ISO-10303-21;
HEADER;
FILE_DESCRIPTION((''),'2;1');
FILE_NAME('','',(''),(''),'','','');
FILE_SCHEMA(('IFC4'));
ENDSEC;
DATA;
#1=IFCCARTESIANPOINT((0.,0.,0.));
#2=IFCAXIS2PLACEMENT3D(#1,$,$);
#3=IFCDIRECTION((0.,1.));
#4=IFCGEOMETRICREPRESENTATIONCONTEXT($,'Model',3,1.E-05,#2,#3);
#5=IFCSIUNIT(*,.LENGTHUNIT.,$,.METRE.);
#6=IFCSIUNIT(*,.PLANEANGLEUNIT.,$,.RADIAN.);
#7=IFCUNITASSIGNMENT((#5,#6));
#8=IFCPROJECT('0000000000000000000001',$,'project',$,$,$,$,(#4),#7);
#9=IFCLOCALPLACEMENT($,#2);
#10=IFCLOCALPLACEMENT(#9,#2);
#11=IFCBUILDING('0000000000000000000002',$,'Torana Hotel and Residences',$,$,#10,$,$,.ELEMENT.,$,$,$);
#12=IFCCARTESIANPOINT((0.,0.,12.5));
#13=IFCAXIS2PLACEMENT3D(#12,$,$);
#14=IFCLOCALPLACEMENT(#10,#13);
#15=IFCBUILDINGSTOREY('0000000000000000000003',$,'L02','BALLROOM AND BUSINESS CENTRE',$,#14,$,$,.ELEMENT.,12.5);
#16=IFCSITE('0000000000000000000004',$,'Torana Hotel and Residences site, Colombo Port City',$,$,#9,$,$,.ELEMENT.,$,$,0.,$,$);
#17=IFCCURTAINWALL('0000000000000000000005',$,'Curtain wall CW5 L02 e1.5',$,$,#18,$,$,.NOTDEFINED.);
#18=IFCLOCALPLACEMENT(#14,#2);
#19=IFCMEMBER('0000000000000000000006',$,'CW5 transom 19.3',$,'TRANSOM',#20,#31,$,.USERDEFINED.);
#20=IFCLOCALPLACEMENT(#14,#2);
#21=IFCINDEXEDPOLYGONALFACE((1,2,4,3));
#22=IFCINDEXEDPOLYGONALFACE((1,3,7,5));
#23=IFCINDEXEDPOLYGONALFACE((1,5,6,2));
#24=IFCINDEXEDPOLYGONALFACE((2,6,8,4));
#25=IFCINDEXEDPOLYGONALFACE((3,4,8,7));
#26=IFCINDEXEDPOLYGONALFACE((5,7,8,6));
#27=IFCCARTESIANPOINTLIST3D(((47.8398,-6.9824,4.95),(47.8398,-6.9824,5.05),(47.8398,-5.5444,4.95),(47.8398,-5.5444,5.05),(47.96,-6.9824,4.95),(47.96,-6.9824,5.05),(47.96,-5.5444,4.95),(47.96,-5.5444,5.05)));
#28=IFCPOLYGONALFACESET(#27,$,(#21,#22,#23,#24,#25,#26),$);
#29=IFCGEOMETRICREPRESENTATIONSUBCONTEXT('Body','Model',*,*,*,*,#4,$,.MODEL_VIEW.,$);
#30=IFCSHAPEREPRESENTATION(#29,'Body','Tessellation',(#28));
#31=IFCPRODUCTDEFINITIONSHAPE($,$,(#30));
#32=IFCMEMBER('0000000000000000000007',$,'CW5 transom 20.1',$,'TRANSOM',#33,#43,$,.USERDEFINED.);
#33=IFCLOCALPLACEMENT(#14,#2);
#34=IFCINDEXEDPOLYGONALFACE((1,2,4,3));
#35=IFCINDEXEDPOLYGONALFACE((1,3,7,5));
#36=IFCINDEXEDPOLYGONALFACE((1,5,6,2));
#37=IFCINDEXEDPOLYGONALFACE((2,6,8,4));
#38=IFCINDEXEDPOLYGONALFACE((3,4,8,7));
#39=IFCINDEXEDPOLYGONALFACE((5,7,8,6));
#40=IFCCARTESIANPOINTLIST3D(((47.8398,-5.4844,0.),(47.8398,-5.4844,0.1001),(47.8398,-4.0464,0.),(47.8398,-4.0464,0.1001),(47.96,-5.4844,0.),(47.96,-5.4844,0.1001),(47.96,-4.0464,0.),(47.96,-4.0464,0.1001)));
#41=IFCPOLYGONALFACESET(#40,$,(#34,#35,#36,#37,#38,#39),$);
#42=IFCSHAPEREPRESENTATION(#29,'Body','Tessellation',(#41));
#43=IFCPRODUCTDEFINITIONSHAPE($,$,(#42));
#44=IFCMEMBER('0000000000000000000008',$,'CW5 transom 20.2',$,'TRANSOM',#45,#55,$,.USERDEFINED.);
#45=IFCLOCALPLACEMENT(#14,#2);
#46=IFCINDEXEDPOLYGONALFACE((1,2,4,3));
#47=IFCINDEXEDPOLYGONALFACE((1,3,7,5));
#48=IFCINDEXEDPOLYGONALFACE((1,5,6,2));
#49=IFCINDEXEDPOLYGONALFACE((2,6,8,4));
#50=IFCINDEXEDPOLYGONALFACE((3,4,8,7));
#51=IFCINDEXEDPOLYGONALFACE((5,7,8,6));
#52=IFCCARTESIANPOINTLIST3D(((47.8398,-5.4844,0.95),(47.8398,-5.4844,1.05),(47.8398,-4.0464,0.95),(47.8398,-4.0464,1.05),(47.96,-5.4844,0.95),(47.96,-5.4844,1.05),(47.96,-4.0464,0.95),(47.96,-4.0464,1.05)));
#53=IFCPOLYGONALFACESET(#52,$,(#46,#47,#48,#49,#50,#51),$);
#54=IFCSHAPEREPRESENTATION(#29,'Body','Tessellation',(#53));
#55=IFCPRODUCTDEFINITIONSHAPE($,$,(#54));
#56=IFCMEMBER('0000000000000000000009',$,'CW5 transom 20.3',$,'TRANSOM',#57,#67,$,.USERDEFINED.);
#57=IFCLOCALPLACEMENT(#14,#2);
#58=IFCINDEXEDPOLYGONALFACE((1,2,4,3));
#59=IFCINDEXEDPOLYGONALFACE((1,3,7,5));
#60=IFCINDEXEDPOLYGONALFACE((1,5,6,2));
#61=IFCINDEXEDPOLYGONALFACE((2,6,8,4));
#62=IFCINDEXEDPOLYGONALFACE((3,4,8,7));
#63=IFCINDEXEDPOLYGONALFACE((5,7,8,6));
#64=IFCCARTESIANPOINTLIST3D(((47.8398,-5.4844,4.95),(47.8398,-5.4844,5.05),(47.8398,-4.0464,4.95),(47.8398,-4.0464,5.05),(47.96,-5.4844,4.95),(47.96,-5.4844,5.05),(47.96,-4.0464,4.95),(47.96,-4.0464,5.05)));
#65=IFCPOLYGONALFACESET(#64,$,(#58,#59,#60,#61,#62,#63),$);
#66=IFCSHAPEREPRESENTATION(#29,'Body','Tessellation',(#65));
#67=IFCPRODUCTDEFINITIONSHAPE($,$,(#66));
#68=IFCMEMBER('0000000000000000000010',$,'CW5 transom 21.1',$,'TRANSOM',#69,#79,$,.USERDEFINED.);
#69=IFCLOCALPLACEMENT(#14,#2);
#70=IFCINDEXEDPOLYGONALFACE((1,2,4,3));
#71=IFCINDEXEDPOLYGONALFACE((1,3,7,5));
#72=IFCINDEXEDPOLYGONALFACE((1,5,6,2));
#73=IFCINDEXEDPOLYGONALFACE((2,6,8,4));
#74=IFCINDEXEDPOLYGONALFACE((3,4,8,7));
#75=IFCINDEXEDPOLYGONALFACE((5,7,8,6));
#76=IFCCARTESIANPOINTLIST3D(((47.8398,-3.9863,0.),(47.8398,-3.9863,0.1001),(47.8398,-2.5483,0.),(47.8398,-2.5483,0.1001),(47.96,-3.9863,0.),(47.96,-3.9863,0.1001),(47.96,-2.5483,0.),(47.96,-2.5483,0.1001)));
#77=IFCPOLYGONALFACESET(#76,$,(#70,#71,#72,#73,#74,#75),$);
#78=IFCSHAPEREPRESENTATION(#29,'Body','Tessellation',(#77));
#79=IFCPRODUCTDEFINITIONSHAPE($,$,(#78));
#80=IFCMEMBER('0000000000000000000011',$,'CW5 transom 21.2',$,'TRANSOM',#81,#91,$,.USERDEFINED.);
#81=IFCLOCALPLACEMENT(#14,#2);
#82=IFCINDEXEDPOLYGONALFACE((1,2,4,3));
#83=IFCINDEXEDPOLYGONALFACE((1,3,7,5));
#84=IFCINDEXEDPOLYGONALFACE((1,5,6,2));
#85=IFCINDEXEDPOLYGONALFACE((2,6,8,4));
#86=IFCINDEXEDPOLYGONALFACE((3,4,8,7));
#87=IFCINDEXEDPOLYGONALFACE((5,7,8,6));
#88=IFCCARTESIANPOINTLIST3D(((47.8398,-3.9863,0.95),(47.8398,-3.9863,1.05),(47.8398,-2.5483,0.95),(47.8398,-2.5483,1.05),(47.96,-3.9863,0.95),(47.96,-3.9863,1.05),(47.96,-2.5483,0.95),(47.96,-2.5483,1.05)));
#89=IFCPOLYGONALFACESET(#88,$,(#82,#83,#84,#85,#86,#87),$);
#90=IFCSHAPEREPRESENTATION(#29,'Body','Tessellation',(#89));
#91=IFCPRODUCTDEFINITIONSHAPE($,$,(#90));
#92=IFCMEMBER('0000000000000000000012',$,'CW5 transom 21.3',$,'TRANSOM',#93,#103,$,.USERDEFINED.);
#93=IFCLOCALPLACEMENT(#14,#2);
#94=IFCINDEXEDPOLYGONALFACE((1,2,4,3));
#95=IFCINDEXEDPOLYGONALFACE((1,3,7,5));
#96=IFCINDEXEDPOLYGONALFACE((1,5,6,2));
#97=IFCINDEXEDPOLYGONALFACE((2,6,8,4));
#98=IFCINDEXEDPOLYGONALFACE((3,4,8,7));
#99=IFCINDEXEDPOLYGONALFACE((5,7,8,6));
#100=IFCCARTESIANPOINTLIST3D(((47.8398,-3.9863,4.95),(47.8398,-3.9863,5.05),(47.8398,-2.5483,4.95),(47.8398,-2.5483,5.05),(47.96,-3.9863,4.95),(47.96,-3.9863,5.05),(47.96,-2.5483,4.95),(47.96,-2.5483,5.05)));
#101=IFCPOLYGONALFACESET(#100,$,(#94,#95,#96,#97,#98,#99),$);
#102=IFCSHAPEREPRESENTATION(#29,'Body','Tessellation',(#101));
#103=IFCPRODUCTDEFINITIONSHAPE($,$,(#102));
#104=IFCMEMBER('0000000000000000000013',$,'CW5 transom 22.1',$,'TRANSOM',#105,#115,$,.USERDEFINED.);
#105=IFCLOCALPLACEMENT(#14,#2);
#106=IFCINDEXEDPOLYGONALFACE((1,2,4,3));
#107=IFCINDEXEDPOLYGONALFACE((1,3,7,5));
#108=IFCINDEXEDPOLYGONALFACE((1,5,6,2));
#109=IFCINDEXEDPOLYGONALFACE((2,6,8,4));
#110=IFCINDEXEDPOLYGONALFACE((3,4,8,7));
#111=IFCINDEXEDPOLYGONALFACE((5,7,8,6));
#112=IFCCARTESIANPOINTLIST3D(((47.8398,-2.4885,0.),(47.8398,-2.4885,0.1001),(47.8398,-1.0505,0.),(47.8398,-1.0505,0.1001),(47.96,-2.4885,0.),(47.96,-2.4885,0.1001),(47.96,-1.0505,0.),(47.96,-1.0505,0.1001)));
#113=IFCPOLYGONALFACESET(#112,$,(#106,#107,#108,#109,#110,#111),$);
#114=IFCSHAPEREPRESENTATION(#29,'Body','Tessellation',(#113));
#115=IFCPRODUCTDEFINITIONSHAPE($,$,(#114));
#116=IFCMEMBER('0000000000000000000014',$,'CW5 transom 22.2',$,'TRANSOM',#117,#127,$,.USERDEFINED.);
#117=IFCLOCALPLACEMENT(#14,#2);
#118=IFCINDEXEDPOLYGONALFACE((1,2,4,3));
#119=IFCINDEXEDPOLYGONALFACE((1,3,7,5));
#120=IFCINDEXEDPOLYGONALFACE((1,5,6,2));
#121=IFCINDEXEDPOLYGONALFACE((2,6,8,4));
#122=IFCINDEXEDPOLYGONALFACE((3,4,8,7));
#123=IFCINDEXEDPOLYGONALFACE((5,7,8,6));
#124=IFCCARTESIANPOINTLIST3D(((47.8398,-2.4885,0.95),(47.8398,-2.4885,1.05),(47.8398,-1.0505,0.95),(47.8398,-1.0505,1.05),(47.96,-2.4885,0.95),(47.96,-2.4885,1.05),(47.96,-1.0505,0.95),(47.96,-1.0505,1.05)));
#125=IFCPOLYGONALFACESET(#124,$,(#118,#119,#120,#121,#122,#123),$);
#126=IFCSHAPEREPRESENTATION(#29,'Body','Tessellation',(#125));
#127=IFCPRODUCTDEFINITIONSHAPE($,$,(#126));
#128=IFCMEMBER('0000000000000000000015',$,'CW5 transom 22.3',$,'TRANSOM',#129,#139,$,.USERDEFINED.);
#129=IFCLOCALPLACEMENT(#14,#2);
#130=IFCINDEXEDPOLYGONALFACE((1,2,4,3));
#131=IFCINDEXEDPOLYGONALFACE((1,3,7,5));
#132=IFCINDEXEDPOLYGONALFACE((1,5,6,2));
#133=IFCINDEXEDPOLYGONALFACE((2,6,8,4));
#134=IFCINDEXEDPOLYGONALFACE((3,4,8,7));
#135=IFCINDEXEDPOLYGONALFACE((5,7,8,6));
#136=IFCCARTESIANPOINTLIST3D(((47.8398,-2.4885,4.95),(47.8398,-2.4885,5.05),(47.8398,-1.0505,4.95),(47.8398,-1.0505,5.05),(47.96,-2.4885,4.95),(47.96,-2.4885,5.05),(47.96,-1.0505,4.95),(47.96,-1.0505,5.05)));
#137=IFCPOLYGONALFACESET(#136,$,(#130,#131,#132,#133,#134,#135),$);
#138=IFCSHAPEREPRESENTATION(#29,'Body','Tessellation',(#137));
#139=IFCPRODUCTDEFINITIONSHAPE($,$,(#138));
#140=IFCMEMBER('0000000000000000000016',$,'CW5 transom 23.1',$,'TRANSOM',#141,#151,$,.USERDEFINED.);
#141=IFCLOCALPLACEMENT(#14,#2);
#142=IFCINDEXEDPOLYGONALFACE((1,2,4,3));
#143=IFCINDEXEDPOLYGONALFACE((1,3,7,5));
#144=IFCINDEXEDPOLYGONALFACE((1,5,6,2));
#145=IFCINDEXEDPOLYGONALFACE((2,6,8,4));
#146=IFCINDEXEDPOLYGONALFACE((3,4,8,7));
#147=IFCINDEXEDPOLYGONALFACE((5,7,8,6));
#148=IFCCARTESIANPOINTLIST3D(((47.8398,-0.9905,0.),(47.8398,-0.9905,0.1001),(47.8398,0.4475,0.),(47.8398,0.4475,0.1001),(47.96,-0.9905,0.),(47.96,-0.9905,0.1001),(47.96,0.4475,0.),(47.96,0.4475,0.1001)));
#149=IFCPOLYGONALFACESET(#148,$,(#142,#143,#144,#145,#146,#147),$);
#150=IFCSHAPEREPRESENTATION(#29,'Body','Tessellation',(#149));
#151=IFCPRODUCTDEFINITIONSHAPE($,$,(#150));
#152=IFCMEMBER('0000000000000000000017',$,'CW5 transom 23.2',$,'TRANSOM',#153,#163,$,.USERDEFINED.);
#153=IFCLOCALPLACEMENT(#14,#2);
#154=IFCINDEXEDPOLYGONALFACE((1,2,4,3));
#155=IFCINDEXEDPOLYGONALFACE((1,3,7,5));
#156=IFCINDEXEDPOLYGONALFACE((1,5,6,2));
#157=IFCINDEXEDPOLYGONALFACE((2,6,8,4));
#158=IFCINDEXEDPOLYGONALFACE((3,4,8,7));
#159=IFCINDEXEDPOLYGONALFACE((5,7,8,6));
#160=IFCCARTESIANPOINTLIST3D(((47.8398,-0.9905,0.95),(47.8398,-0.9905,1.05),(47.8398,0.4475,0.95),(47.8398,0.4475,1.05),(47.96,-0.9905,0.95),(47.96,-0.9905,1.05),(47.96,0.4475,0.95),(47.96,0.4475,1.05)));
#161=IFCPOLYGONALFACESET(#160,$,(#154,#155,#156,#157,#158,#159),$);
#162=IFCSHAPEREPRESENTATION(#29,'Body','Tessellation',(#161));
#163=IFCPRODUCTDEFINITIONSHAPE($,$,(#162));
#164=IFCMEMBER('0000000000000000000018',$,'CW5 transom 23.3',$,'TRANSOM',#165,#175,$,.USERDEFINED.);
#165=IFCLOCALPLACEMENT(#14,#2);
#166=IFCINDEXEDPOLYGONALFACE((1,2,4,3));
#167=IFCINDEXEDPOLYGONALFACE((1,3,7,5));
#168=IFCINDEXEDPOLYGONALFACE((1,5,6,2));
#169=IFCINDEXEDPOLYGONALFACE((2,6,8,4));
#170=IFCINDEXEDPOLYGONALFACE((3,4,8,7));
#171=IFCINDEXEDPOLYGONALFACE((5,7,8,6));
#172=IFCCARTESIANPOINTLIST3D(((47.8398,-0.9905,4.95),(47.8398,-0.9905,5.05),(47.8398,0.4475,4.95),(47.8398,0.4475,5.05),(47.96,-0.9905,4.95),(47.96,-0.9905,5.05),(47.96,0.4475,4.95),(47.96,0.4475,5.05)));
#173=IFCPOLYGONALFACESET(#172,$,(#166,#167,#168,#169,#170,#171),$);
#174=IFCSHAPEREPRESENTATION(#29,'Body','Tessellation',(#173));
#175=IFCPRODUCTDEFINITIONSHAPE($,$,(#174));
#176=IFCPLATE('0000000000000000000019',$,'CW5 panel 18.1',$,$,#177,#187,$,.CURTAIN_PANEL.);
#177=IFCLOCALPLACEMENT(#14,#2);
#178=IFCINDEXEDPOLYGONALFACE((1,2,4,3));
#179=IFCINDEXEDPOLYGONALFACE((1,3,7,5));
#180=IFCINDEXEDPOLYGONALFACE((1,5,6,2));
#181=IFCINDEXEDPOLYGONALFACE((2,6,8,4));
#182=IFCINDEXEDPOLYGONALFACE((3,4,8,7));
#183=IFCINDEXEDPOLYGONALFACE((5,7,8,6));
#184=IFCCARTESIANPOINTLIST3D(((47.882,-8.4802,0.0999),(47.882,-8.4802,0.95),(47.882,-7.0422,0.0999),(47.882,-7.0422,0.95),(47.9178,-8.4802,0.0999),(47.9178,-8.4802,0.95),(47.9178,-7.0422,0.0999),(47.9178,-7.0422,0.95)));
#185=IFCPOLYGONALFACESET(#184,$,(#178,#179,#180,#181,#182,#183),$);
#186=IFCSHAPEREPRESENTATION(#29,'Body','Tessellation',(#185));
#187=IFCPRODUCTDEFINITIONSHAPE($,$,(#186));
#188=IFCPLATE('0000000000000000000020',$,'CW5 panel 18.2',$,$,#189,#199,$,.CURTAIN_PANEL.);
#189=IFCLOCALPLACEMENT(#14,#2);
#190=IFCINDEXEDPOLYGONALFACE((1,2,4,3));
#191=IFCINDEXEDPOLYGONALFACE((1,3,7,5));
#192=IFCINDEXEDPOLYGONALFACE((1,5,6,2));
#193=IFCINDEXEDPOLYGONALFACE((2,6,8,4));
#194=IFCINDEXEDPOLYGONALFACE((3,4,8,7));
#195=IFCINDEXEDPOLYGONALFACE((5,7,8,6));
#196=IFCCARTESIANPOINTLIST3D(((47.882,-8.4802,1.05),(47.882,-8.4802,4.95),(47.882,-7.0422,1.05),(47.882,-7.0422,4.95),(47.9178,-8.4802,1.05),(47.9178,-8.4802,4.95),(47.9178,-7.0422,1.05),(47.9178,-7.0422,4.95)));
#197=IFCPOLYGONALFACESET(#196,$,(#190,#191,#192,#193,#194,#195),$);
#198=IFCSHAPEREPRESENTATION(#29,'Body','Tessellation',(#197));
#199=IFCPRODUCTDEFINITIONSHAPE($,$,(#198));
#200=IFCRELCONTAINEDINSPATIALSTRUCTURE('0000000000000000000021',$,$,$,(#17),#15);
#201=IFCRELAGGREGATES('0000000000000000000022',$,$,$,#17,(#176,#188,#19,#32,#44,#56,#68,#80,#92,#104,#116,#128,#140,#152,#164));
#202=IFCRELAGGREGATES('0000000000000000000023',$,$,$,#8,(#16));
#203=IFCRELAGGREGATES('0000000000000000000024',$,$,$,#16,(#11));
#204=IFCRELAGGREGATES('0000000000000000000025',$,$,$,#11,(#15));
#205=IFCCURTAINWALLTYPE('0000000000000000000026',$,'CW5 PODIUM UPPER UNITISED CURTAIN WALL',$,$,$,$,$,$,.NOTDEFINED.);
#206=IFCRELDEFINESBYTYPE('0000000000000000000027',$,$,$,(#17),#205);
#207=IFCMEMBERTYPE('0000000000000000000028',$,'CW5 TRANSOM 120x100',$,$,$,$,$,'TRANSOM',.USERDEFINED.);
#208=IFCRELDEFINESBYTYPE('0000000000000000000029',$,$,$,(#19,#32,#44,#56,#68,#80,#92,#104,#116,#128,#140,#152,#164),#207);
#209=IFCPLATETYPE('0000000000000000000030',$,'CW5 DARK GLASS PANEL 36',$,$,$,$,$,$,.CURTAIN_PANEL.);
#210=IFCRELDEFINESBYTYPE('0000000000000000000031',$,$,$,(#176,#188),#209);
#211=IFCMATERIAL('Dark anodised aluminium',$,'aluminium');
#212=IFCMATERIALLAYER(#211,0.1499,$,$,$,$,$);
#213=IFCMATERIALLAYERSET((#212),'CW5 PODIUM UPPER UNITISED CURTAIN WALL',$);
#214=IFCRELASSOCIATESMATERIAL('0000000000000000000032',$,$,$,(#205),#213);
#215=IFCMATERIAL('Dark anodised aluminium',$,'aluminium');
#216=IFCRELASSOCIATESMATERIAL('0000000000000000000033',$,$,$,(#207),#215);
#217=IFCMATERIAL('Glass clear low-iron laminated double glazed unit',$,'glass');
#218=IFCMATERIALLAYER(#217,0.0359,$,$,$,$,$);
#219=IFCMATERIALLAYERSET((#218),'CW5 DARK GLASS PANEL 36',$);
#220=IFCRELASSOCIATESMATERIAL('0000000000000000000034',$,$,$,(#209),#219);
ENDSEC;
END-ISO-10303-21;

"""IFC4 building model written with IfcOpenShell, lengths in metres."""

from ifc_helpers import new_model, si_unit, direction, frame, origin, origin_2d, place, context, subcontext, project, spatial, rectangle, extrude, material, layer, layer_set, material_profile, profile_set, type_object, element, aggregate, save


model = new_model("IFC4")

# Units and contexts
model_context = context("Model", 3, precision=1e-05, world=origin(), true_north=direction((0.0, 1.0)))
body_context = subcontext(model_context, "Body", "Model", "MODEL_VIEW")
ifc_project = project(units=[si_unit("LENGTHUNIT", "METRE"), si_unit("PLANEANGLEUNIT", "RADIAN")], contexts=[model_context])

# Site, building, storey
site_placement = place(None, origin())
site = spatial("IfcSite", under=ifc_project, at=site_placement, Name="Torana Hotel and Residences site, Colombo Port City", CompositionType="ELEMENT", RefElevation=0.0)
building_placement = place(site_placement, origin())
building = spatial("IfcBuilding", under=site, at=building_placement, Name="Torana Hotel and Residences", CompositionType="ELEMENT")
storey_placement = place(building_placement, frame((0.0, 0.0, 12.5)))
storey = spatial("IfcBuildingStorey", under=building, at=storey_placement, Name="L02", Description="BALLROOM AND BUSINESS CENTRE", CompositionType="ELEMENT", Elevation=12.5)

# Curtain wall, members, plates
ifc_material_1 = material(Name="Dark anodised aluminium", Category="aluminium")
ifc_layer_1 = layer(ifc_material_1, 0.1499)
ifc_layer_set_1 = layer_set([ifc_layer_1], Name="CW5 PODIUM UPPER UNITISED CURTAIN WALL")
curtain_wall_type = type_object("IfcCurtainWallType", Name="CW5 PODIUM UPPER UNITISED CURTAIN WALL", PredefinedType="NOTDEFINED", material=ifc_layer_set_1)
curtain_wall_placement = place(storey_placement, origin())
curtain_wall = element("IfcCurtainWall", 1, at=curtain_wall_placement, inside=storey, type_object=curtain_wall_type, Name="Curtain wall CW5 L02 e1.5", PredefinedType="NOTDEFINED")
ifc_material_2 = material(Name="Dark anodised aluminium", Category="aluminium")
ifc_material_profile_1 = material_profile(ifc_material_2, rectangle(XDim=0.1201, YDim=0.1001, at=origin_2d()), Name="CW5 TRANSOM 120x100")
ifc_profile_set_1 = profile_set([ifc_material_profile_1], Name="Dark anodised aluminium")
member_type_1 = type_object("IfcMemberType", Name="CW5 TRANSOM 120x100", ElementType="TRANSOM", PredefinedType="USERDEFINED", material=ifc_profile_set_1)
member_1_placement = place(storey_placement, frame((47.8999, -6.9824, 5.0), z_axis=(0.0, 1.0, 0.0), x_axis=(-1.0, 0.0, 0.0)))
member_1 = element("IfcMember", 2, at=member_1_placement, type_object=member_type_1, Name="CW5 transom 19.3", ObjectType="TRANSOM", PredefinedType="USERDEFINED", context=body_context, shape_type="SweptSolid", body=[
    extrude(rectangle(XDim=0.1201, YDim=0.1001, at=origin_2d()), origin(), (0.0, 0.0, 1.0), 1.438),
])
member_2_placement = place(storey_placement, frame((47.8999, -5.4844, 0.05), z_axis=(0.0, 1.0, 0.0), x_axis=(-1.0, 0.0, 0.0)))
member_2 = element("IfcMember", 3, at=member_2_placement, type_object=member_type_1, Name="CW5 transom 20.1", ObjectType="TRANSOM", PredefinedType="USERDEFINED", context=body_context, shape_type="SweptSolid", body=[
    extrude(rectangle(XDim=0.1201, YDim=0.1001, at=origin_2d()), origin(), (0.0, 0.0, 1.0), 1.438),
])
member_3_placement = place(storey_placement, frame((47.8999, -5.4844, 1.0), z_axis=(0.0, 1.0, 0.0), x_axis=(-1.0, 0.0, 0.0)))
member_3 = element("IfcMember", 4, at=member_3_placement, type_object=member_type_1, Name="CW5 transom 20.2", ObjectType="TRANSOM", PredefinedType="USERDEFINED", context=body_context, shape_type="SweptSolid", body=[
    extrude(rectangle(XDim=0.1201, YDim=0.1001, at=origin_2d()), origin(), (0.0, 0.0, 1.0), 1.438),
])
member_4_placement = place(storey_placement, frame((47.8999, -5.4844, 5.0), z_axis=(0.0, 1.0, 0.0), x_axis=(-1.0, 0.0, 0.0)))
member_4 = element("IfcMember", 5, at=member_4_placement, type_object=member_type_1, Name="CW5 transom 20.3", ObjectType="TRANSOM", PredefinedType="USERDEFINED", context=body_context, shape_type="SweptSolid", body=[
    extrude(rectangle(XDim=0.1201, YDim=0.1001, at=origin_2d()), origin(), (0.0, 0.0, 1.0), 1.438),
])
member_5_placement = place(storey_placement, frame((47.8999, -3.9863, 0.05), z_axis=(0.0, 1.0, 0.0), x_axis=(-1.0, 0.0, 0.0)))
member_5 = element("IfcMember", 6, at=member_5_placement, type_object=member_type_1, Name="CW5 transom 21.1", ObjectType="TRANSOM", PredefinedType="USERDEFINED", context=body_context, shape_type="SweptSolid", body=[
    extrude(rectangle(XDim=0.1201, YDim=0.1001, at=origin_2d()), origin(), (0.0, 0.0, 1.0), 1.438),
])
member_6_placement = place(storey_placement, frame((47.8999, -3.9863, 1.0), z_axis=(0.0, 1.0, 0.0), x_axis=(-1.0, 0.0, 0.0)))
member_6 = element("IfcMember", 7, at=member_6_placement, type_object=member_type_1, Name="CW5 transom 21.2", ObjectType="TRANSOM", PredefinedType="USERDEFINED", context=body_context, shape_type="SweptSolid", body=[
    extrude(rectangle(XDim=0.1201, YDim=0.1001, at=origin_2d()), origin(), (0.0, 0.0, 1.0), 1.438),
])
member_7_placement = place(storey_placement, frame((47.8999, -3.9863, 5.0), z_axis=(0.0, 1.0, 0.0), x_axis=(-1.0, 0.0, 0.0)))
member_7 = element("IfcMember", 8, at=member_7_placement, type_object=member_type_1, Name="CW5 transom 21.3", ObjectType="TRANSOM", PredefinedType="USERDEFINED", context=body_context, shape_type="SweptSolid", body=[
    extrude(rectangle(XDim=0.1201, YDim=0.1001, at=origin_2d()), origin(), (0.0, 0.0, 1.0), 1.438),
])
member_8_placement = place(storey_placement, frame((47.8999, -2.4885, 0.05), z_axis=(0.0, 1.0, 0.0), x_axis=(-1.0, 0.0, 0.0)))
member_8 = element("IfcMember", 9, at=member_8_placement, type_object=member_type_1, Name="CW5 transom 22.1", ObjectType="TRANSOM", PredefinedType="USERDEFINED", context=body_context, shape_type="SweptSolid", body=[
    extrude(rectangle(XDim=0.1201, YDim=0.1001, at=origin_2d()), origin(), (0.0, 0.0, 1.0), 1.438),
])
member_9_placement = place(storey_placement, frame((47.8999, -2.4885, 1.0), z_axis=(0.0, 1.0, 0.0), x_axis=(-1.0, 0.0, 0.0)))
member_9 = element("IfcMember", 10, at=member_9_placement, type_object=member_type_1, Name="CW5 transom 22.2", ObjectType="TRANSOM", PredefinedType="USERDEFINED", context=body_context, shape_type="SweptSolid", body=[
    extrude(rectangle(XDim=0.1201, YDim=0.1001, at=origin_2d()), origin(), (0.0, 0.0, 1.0), 1.438),
])
member_10_placement = place(storey_placement, frame((47.8999, -2.4885, 5.0), z_axis=(0.0, 1.0, 0.0), x_axis=(-1.0, 0.0, 0.0)))
member_10 = element("IfcMember", 11, at=member_10_placement, type_object=member_type_1, Name="CW5 transom 22.3", ObjectType="TRANSOM", PredefinedType="USERDEFINED", context=body_context, shape_type="SweptSolid", body=[
    extrude(rectangle(XDim=0.1201, YDim=0.1001, at=origin_2d()), origin(), (0.0, 0.0, 1.0), 1.438),
])
member_11_placement = place(storey_placement, frame((47.8999, -0.9905, 0.05), z_axis=(0.0, 1.0, 0.0), x_axis=(-1.0, 0.0, 0.0)))
member_11 = element("IfcMember", 12, at=member_11_placement, type_object=member_type_1, Name="CW5 transom 23.1", ObjectType="TRANSOM", PredefinedType="USERDEFINED", context=body_context, shape_type="SweptSolid", body=[
    extrude(rectangle(XDim=0.1201, YDim=0.1001, at=origin_2d()), origin(), (0.0, 0.0, 1.0), 1.438),
])
member_12_placement = place(storey_placement, frame((47.8999, -0.9905, 1.0), z_axis=(0.0, 1.0, 0.0), x_axis=(-1.0, 0.0, 0.0)))
member_12 = element("IfcMember", 13, at=member_12_placement, type_object=member_type_1, Name="CW5 transom 23.2", ObjectType="TRANSOM", PredefinedType="USERDEFINED", context=body_context, shape_type="SweptSolid", body=[
    extrude(rectangle(XDim=0.1201, YDim=0.1001, at=origin_2d()), origin(), (0.0, 0.0, 1.0), 1.438),
])
member_13_placement = place(storey_placement, frame((47.8999, -0.9905, 5.0), z_axis=(0.0, 1.0, 0.0), x_axis=(-1.0, 0.0, 0.0)))
member_13 = element("IfcMember", 14, at=member_13_placement, type_object=member_type_1, Name="CW5 transom 23.3", ObjectType="TRANSOM", PredefinedType="USERDEFINED", context=body_context, shape_type="SweptSolid", body=[
    extrude(rectangle(XDim=0.1201, YDim=0.1001, at=origin_2d()), origin(), (0.0, 0.0, 1.0), 1.438),
])
ifc_material_3 = material(Name="Glass clear low-iron laminated double glazed unit", Category="glass")
ifc_layer_2 = layer(ifc_material_3, 0.0359)
ifc_layer_set_2 = layer_set([ifc_layer_2], Name="CW5 DARK GLASS PANEL 36")
plate_type = type_object("IfcPlateType", Name="CW5 DARK GLASS PANEL 36", PredefinedType="CURTAIN_PANEL", material=ifc_layer_set_2)
plate_1_placement = place(storey_placement, frame((47.8999, -7.7612, 0.0999), z_axis=(0.0, 0.0, 1.0), x_axis=(0.0, 1.0, 0.0)))
plate_1 = element("IfcPlate", 15, at=plate_1_placement, type_object=plate_type, Name="CW5 panel 18.1", PredefinedType="CURTAIN_PANEL", context=body_context, shape_type="SweptSolid", body=[
    extrude(rectangle(XDim=1.438, YDim=0.0359, at=origin_2d()), origin(), (0.0, 0.0, 1.0), 0.8501),
])
plate_2_placement = place(storey_placement, frame((47.8999, -7.7612, 1.05), z_axis=(0.0, 0.0, 1.0), x_axis=(0.0, 1.0, 0.0)))
plate_2 = element("IfcPlate", 16, at=plate_2_placement, type_object=plate_type, Name="CW5 panel 18.2", PredefinedType="CURTAIN_PANEL", context=body_context, shape_type="SweptSolid", body=[
    extrude(rectangle(XDim=1.438, YDim=0.0359, at=origin_2d()), origin(), (0.0, 0.0, 1.0), 3.8999),
])
aggregate(curtain_wall, [plate_1, plate_2, member_1, member_2, member_3, member_4, member_5, member_6, member_7, member_8, member_9, member_10, member_11, member_12, member_13])

save(model, "model.ifc")
